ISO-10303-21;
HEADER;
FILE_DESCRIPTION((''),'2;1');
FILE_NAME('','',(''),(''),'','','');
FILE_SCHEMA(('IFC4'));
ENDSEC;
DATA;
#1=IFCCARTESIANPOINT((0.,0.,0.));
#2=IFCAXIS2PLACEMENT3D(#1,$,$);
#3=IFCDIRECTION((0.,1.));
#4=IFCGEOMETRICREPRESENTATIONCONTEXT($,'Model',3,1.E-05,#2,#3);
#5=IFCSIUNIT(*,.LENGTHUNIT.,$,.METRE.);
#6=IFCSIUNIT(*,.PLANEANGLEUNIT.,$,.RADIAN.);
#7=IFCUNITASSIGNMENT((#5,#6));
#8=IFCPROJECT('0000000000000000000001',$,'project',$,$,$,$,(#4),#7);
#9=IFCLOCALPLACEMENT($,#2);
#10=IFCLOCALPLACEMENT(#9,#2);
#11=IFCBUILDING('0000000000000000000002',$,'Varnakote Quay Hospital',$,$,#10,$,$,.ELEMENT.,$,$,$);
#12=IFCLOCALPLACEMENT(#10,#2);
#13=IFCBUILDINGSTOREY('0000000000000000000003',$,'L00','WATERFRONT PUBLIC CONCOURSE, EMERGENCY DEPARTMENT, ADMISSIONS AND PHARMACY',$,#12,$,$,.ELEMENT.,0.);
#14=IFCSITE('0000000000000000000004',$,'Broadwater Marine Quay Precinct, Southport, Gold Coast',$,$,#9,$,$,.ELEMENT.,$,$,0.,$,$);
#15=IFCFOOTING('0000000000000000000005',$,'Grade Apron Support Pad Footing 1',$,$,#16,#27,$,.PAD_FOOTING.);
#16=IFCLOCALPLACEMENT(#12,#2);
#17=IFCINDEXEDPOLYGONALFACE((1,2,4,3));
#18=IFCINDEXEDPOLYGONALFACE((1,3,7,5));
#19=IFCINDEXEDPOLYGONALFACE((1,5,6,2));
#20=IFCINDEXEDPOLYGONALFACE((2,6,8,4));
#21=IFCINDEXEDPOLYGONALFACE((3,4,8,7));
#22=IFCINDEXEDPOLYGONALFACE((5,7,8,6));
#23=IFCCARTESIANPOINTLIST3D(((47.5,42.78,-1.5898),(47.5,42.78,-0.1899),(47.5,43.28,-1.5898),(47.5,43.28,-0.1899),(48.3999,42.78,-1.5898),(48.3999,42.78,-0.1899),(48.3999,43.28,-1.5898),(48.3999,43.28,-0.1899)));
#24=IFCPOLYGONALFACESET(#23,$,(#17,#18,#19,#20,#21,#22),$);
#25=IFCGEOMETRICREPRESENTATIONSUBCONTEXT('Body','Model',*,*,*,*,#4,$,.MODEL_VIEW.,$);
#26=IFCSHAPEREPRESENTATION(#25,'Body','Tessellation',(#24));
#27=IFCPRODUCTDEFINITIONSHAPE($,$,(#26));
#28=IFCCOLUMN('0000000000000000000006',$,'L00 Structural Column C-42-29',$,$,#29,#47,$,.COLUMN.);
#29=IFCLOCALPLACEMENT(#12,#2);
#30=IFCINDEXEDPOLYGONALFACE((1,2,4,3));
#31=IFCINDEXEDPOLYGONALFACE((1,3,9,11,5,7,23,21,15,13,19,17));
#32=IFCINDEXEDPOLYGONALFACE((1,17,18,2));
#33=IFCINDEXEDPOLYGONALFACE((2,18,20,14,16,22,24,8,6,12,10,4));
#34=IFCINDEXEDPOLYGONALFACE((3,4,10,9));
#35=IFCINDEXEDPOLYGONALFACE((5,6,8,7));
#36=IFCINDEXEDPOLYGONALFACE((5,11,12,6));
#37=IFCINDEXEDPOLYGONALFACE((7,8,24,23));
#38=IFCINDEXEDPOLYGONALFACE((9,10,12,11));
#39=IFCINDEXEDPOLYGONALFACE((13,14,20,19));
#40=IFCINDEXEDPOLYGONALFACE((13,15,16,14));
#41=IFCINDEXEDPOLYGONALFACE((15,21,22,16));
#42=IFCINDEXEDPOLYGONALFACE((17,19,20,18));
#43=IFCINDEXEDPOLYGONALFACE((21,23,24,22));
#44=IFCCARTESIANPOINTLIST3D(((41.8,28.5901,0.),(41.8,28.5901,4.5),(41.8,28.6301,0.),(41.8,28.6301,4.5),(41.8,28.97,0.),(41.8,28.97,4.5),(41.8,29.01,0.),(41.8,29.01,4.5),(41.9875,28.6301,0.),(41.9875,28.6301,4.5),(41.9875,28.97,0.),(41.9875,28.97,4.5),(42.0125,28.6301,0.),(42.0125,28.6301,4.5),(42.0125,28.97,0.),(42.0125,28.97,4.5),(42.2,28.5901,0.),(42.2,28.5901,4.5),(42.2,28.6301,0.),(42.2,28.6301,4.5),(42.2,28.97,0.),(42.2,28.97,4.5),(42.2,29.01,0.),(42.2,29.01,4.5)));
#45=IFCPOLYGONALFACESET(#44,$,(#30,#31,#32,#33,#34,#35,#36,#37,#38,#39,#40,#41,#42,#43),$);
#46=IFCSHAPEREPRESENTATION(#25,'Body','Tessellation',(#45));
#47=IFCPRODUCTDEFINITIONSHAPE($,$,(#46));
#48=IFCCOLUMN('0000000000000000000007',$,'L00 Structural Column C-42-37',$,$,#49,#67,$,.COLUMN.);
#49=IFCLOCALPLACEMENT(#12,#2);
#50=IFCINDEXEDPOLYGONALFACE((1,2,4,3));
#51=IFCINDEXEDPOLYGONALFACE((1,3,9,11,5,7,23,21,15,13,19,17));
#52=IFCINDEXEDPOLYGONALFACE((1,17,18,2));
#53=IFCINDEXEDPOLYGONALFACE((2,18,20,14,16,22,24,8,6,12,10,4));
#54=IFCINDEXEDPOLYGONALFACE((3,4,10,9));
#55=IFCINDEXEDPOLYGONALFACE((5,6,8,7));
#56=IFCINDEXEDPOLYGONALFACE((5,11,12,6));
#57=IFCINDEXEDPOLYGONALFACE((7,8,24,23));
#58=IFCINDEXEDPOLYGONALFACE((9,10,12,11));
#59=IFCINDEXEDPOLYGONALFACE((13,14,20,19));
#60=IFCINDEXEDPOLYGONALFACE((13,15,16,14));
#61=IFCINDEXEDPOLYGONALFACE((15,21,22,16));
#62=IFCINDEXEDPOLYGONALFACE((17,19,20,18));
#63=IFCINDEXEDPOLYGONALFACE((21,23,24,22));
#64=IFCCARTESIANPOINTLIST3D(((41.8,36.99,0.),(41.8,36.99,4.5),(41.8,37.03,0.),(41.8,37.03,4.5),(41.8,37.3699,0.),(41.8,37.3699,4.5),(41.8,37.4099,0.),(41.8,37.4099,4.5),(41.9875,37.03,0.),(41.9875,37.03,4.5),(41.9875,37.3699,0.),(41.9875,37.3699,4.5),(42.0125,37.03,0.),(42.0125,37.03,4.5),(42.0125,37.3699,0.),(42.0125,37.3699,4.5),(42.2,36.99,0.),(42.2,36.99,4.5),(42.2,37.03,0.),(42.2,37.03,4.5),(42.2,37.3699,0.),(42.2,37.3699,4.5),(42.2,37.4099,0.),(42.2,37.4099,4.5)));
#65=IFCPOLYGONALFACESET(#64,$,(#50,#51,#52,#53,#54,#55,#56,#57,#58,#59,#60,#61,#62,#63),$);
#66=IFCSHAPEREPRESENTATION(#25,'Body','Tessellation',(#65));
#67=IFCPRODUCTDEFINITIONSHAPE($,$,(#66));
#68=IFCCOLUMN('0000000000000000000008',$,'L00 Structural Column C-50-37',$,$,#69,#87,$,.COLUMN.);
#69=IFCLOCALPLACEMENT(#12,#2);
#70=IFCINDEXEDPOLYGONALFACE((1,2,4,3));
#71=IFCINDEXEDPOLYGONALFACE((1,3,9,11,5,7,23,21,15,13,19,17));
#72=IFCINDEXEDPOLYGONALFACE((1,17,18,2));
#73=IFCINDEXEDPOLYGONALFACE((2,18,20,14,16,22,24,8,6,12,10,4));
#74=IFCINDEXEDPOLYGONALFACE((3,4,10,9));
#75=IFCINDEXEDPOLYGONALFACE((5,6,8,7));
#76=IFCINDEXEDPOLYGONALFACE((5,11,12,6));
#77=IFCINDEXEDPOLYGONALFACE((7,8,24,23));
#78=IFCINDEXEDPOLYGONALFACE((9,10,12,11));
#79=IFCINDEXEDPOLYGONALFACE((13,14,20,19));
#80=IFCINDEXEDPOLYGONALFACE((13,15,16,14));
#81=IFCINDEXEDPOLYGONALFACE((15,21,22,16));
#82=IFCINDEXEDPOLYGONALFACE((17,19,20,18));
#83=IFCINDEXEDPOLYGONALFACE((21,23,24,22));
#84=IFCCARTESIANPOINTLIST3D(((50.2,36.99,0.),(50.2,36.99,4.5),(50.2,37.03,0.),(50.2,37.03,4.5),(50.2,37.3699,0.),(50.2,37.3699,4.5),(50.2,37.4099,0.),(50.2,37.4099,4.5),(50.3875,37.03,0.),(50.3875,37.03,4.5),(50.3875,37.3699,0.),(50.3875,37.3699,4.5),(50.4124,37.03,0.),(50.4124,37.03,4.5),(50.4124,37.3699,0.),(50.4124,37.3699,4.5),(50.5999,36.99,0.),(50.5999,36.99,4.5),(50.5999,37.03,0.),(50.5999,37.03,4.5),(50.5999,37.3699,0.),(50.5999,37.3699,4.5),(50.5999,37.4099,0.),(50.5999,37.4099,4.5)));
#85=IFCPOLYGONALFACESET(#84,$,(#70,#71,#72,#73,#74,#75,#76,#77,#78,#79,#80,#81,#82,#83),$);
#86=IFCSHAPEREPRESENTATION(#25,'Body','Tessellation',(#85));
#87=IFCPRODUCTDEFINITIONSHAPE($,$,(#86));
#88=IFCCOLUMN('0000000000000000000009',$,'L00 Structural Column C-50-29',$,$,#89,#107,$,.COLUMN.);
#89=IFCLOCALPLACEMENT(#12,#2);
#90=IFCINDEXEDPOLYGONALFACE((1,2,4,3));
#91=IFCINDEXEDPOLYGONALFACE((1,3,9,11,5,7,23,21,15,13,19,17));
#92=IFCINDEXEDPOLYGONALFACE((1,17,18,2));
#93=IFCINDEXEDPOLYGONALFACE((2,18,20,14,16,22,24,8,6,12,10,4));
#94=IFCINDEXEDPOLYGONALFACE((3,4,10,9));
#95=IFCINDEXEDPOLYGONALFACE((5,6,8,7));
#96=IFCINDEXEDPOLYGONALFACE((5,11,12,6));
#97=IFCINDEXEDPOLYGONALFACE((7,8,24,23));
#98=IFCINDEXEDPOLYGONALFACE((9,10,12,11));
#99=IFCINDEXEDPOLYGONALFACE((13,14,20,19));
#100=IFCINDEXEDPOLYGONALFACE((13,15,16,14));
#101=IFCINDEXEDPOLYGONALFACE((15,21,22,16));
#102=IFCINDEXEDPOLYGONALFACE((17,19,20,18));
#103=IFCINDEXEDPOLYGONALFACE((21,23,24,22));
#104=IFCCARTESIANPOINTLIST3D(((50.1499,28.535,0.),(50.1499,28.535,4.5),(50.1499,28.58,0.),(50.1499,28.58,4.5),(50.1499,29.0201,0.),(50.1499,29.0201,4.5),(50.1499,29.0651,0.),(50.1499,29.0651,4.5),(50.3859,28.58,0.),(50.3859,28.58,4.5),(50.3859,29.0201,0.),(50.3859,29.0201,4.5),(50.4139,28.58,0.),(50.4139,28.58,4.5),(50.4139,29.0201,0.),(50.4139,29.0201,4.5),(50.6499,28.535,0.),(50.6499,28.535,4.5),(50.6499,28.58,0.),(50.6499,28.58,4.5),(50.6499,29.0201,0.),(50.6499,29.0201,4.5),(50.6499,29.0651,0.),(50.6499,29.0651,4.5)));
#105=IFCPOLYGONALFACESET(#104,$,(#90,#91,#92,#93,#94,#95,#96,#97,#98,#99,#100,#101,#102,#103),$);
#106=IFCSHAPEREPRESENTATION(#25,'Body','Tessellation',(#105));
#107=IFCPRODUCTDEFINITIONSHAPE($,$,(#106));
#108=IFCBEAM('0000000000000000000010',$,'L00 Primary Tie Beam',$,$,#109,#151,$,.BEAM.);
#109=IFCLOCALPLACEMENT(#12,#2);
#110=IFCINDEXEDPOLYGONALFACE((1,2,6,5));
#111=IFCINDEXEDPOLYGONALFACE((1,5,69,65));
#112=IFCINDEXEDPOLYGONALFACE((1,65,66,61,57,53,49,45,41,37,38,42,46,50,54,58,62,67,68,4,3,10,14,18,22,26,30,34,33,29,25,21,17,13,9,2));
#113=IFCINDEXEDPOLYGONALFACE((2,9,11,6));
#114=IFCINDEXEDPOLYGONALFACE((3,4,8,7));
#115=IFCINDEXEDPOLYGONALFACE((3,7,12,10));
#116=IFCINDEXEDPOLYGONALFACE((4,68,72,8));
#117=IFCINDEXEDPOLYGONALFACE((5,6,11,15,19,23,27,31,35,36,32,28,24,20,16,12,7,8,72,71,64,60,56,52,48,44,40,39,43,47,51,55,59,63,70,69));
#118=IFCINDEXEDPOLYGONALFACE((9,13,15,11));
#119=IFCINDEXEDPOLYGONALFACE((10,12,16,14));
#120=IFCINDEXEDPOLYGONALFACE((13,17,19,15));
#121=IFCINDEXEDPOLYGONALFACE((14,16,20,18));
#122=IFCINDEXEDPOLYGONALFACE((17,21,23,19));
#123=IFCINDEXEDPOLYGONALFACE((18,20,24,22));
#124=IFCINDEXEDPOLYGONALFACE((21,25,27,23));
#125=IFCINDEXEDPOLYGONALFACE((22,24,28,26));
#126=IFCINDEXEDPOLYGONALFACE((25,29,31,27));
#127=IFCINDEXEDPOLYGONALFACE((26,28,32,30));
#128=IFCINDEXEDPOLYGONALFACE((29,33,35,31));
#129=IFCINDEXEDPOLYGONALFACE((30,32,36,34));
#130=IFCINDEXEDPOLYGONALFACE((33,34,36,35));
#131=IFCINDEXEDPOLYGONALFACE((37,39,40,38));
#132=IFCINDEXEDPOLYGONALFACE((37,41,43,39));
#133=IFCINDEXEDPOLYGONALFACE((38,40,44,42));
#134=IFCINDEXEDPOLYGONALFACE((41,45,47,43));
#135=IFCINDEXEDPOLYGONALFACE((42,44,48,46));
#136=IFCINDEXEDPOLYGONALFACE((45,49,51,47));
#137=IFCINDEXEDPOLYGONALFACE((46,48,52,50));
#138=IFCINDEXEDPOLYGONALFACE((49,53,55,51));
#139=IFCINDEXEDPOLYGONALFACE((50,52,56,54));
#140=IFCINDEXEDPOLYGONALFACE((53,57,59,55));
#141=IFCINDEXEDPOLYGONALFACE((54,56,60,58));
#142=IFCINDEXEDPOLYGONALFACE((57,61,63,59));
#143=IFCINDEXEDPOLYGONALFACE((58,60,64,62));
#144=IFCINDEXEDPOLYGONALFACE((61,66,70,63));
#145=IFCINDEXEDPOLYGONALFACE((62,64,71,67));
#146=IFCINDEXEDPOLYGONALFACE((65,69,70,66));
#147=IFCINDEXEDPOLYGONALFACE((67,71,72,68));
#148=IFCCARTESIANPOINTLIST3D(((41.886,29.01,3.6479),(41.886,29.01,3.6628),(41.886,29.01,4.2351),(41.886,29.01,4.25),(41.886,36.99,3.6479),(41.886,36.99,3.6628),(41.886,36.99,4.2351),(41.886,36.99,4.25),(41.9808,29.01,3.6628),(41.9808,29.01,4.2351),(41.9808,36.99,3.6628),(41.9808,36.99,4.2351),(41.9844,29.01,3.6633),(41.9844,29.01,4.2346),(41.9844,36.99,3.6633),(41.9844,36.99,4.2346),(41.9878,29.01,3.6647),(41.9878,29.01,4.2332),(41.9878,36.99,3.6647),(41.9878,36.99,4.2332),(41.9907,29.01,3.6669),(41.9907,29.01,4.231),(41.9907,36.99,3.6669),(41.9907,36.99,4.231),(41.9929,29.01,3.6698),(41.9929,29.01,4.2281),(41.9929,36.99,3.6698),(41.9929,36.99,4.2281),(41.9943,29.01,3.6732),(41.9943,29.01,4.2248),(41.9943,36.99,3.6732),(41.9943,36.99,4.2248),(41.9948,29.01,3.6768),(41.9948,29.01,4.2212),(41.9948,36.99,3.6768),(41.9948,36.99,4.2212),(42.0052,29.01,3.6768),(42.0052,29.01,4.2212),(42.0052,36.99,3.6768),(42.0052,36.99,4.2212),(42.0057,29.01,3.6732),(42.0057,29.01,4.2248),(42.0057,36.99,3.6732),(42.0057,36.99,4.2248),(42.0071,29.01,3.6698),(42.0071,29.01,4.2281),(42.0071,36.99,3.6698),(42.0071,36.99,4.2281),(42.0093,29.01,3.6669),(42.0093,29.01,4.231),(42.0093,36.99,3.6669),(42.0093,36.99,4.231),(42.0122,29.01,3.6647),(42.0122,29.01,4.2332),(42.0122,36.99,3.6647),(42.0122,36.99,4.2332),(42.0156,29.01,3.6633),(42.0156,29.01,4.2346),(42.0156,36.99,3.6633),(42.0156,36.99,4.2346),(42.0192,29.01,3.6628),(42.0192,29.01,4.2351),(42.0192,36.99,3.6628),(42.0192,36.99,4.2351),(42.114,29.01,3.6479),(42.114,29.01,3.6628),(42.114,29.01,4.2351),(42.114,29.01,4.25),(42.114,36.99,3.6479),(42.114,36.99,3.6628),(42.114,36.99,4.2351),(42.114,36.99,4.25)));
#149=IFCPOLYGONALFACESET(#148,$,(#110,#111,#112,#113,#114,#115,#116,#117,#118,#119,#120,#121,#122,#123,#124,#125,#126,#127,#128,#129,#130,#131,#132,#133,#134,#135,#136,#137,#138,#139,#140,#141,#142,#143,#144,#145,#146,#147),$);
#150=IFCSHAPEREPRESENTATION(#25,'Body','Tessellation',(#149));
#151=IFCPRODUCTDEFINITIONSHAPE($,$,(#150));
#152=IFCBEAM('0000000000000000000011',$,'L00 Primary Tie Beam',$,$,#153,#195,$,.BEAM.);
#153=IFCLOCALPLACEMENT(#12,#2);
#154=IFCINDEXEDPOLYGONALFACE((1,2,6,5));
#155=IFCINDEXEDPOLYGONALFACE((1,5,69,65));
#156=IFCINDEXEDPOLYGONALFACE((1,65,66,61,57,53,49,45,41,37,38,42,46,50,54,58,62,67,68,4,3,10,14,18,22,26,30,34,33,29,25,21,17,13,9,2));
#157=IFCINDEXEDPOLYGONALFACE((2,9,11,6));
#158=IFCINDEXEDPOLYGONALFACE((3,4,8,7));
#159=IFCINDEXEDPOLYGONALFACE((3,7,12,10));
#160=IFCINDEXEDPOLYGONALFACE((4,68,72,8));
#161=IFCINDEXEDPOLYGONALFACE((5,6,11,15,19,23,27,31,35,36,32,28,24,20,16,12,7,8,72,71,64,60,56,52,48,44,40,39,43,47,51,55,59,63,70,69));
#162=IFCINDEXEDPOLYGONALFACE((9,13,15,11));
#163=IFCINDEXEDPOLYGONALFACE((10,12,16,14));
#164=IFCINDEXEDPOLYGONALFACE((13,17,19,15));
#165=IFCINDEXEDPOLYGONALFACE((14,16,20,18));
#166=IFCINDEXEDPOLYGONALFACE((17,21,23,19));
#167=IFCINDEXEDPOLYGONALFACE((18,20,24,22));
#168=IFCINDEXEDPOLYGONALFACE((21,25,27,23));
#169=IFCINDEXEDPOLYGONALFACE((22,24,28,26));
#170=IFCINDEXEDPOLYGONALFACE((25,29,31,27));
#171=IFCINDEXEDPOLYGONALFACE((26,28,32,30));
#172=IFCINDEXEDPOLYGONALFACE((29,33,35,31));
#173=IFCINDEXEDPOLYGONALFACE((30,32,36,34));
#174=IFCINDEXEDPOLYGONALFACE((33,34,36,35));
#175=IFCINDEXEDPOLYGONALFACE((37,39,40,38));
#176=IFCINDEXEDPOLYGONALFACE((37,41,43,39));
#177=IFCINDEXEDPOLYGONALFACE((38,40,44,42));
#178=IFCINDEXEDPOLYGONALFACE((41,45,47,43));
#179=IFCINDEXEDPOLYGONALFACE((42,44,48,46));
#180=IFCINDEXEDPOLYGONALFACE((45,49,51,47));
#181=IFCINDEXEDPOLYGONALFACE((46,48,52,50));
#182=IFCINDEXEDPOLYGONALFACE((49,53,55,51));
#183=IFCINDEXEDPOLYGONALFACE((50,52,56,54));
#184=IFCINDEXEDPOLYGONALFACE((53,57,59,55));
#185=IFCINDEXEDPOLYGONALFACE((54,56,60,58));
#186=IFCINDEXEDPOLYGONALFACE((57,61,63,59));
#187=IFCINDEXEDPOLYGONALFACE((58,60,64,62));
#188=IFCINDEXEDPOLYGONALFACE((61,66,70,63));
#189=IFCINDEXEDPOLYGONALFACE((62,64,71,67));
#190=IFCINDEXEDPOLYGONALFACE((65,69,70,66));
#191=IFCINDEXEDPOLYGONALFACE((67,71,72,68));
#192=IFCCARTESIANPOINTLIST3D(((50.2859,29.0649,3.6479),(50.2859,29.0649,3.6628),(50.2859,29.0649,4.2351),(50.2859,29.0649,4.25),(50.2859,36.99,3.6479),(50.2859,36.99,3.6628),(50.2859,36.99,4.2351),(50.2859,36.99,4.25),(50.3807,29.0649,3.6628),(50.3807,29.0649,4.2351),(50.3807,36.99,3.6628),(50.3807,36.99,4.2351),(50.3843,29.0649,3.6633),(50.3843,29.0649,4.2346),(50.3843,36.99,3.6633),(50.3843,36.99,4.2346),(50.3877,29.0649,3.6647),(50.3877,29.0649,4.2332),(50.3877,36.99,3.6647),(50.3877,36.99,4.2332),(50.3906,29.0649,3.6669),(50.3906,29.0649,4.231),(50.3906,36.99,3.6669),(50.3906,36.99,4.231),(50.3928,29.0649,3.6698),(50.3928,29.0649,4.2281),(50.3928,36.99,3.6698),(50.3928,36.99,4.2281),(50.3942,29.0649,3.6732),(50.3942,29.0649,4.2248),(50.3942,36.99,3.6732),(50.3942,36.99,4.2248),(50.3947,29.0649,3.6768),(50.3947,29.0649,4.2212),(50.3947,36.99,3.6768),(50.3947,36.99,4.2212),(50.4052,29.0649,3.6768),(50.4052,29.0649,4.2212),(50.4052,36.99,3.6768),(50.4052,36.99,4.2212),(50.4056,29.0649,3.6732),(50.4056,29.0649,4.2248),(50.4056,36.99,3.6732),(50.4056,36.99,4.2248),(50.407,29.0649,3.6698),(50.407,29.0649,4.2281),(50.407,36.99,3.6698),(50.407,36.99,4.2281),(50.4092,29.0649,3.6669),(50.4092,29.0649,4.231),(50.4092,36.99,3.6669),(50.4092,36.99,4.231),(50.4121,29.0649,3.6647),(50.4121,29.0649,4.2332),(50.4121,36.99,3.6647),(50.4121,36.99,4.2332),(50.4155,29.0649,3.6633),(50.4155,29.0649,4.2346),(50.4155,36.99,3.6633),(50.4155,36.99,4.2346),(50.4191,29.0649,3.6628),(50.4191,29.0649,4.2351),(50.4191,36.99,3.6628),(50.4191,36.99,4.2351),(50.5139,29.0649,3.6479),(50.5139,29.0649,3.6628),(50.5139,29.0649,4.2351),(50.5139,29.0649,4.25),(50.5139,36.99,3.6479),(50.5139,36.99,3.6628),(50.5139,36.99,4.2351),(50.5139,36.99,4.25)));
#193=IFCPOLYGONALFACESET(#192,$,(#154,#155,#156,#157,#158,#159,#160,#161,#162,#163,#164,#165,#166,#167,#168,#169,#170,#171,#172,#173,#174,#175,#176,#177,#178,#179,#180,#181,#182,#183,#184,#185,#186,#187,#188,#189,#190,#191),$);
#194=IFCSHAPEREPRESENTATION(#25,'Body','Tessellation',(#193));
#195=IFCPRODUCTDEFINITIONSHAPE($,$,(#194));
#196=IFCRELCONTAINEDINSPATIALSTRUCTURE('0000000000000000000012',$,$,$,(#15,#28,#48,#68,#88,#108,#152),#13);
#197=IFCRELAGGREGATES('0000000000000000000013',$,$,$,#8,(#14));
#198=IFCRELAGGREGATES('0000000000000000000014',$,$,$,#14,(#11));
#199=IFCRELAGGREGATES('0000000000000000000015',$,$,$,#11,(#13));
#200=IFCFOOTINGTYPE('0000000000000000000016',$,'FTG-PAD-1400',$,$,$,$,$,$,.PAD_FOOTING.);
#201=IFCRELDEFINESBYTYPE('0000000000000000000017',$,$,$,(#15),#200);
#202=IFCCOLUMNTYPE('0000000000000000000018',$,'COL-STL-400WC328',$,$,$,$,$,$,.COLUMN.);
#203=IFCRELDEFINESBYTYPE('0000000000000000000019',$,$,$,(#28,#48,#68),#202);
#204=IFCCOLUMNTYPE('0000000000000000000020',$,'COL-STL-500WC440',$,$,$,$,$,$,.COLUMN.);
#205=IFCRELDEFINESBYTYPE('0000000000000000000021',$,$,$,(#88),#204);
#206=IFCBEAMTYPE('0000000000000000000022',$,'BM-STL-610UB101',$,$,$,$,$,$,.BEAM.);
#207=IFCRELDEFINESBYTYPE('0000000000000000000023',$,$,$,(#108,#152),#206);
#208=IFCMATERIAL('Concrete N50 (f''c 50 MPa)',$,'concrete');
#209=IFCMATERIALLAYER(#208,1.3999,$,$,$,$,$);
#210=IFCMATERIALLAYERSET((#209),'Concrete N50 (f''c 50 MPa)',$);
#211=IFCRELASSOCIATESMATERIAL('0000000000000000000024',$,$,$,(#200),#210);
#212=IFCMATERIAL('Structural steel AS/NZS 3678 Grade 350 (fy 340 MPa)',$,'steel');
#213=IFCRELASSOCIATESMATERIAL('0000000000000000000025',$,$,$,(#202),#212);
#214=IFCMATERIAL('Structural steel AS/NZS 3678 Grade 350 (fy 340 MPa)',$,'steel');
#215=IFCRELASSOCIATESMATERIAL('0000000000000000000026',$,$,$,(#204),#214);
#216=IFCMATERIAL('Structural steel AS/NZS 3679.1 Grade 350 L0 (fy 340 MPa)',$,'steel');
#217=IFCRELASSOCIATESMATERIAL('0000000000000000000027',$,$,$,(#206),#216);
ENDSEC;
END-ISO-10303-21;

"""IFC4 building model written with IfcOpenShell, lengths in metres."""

from ifc_helpers import new_model, si_unit, direction, frame, origin, origin_2d, place, context, subcontext, project, spatial, rectangle, i_section, extrude, material, layer, layer_set, material_profile, profile_set, type_object, element, save


model = new_model("IFC4")

# Units and contexts
model_context = context("Model", 3, precision=1e-05, world=origin(), true_north=direction((0.0, 1.0)))
body_context = subcontext(model_context, "Body", "Model", "MODEL_VIEW")
ifc_project = project(units=[si_unit("LENGTHUNIT", "METRE"), si_unit("PLANEANGLEUNIT", "RADIAN")], contexts=[model_context])

# Site, building, storey
site_placement = place(None, origin())
site = spatial("IfcSite", under=ifc_project, at=site_placement, Name="Broadwater Marine Quay Precinct, Southport, Gold Coast", CompositionType="ELEMENT", RefElevation=0.0)
building_placement = place(site_placement, origin())
building = spatial("IfcBuilding", under=site, at=building_placement, Name="Varnakote Quay Hospital", CompositionType="ELEMENT")
storey_placement = place(building_placement, origin())
storey = spatial("IfcBuildingStorey", under=building, at=storey_placement, Name="L00", Description="WATERFRONT PUBLIC CONCOURSE, EMERGENCY DEPARTMENT, ADMISSIONS AND PHARMACY", CompositionType="ELEMENT", Elevation=0.0)

# Footing
ifc_material_1 = material(Name="Concrete N50 (f'c 50 MPa)", Category="concrete")
ifc_layer_1 = layer(ifc_material_1, 1.3999)
ifc_layer_set_1 = layer_set([ifc_layer_1], Name="Concrete N50 (f'c 50 MPa)")
footing_type = type_object("IfcFootingType", Name="FTG-PAD-1400", PredefinedType="PAD_FOOTING", material=ifc_layer_set_1)
footing_placement = place(storey_placement, frame((47.95, 43.03, -1.5898), z_axis=(0.0, 0.0, 1.0), x_axis=(1.0, 0.0, 0.0)))
element("IfcFooting", 1, at=footing_placement, inside=storey, type_object=footing_type, Name="Grade Apron Support Pad Footing 1", PredefinedType="PAD_FOOTING", context=body_context, shape_type="SweptSolid", body=[
    extrude(rectangle(XDim=0.8999, YDim=0.5, at=origin_2d()), origin(), (0.0, 0.0, 1.0), 1.3999),
])

# Columns
ifc_material_2 = material(Name="Structural steel AS/NZS 3678 Grade 350 (fy 340 MPa)", Category="steel")
ifc_material_profile_1 = material_profile(ifc_material_2, i_section(OverallWidth=0.3999, OverallDepth=0.4199, WebThickness=0.0249, FlangeThickness=0.04, at=origin_2d()), Name="400WC328")
ifc_profile_set_1 = profile_set([ifc_material_profile_1], Name="Structural steel AS/NZS 3678 Grade 350 (fy 340 MPa)")
column_type_1 = type_object("IfcColumnType", Name="COL-STL-400WC328", PredefinedType="COLUMN", material=ifc_profile_set_1)
for number, where, z_axis, x_axis, name in (
    (2, (42.0, 28.8, 0.0), (0.0, 0.0, 1.0), (1.0, 0.0, 0.0), "L00 Structural Column C-42-29"),
    (3, (42.0, 37.2, 0.0), (0.0, 0.0, 1.0), (1.0, 0.0, 0.0), "L00 Structural Column C-42-37"),
    (4, (50.3999, 37.2, 0.0), (0.0, 0.0, 1.0), (1.0, 0.0, 0.0), "L00 Structural Column C-50-37"),
):
    element("IfcColumn", number, at=place(storey_placement, frame(where, z_axis=z_axis, x_axis=x_axis)), inside=storey, type_object=column_type_1, Name=name, PredefinedType="COLUMN", context=body_context, shape_type="SweptSolid", body=[
        extrude(i_section(OverallWidth=0.3999, OverallDepth=0.4199, WebThickness=0.0249, FlangeThickness=0.04, at=origin_2d()), origin(), (0.0, 0.0, 1.0), 4.5),
    ])
ifc_material_3 = material(Name="Structural steel AS/NZS 3678 Grade 350 (fy 340 MPa)", Category="steel")
ifc_material_profile_2 = material_profile(ifc_material_3, i_section(OverallWidth=0.5, OverallDepth=0.53, WebThickness=0.0281, FlangeThickness=0.0449, at=origin_2d()), Name="500WC440")
ifc_profile_set_2 = profile_set([ifc_material_profile_2], Name="Structural steel AS/NZS 3678 Grade 350 (fy 340 MPa)")
column_type_2 = type_object("IfcColumnType", Name="COL-STL-500WC440", PredefinedType="COLUMN", material=ifc_profile_set_2)
column_placement = place(storey_placement, frame((50.3999, 28.8, 0.0), z_axis=(0.0, 0.0, 1.0), x_axis=(1.0, 0.0, 0.0)))
element("IfcColumn", 5, at=column_placement, inside=storey, type_object=column_type_2, Name="L00 Structural Column C-50-29", PredefinedType="COLUMN", context=body_context, shape_type="SweptSolid", body=[
    extrude(i_section(OverallWidth=0.5, OverallDepth=0.53, WebThickness=0.0281, FlangeThickness=0.0449, at=origin_2d()), origin(), (0.0, 0.0, 1.0), 4.5),
])

# Beams
ifc_material_4 = material(Name="Structural steel AS/NZS 3679.1 Grade 350 L0 (fy 340 MPa)", Category="steel")
ifc_material_profile_3 = material_profile(ifc_material_4, i_section(OverallWidth=0.228, OverallDepth=0.6021, WebThickness=0.0105, FlangeThickness=0.0149, FilletRadius=0.0139, at=origin_2d()), Name="610UB101")
ifc_profile_set_3 = profile_set([ifc_material_profile_3], Name="Structural steel AS/NZS 3679.1 Grade 350 L0 (fy 340 MPa)")
beam_type_1 = type_object("IfcBeamType", Name="BM-STL-610UB101", PredefinedType="BEAM", material=ifc_profile_set_3)
beam_1_placement = place(storey_placement, frame((42.0, 29.01, 3.949), z_axis=(0.0, 1.0, 0.0), x_axis=(-1.0, 0.0, 0.0)))
element("IfcBeam", 6, at=beam_1_placement, inside=storey, type_object=beam_type_1, Name="L00 Primary Tie Beam", PredefinedType="BEAM", context=body_context, shape_type="SweptSolid", body=[
    extrude(i_section(OverallWidth=0.228, OverallDepth=0.6021, WebThickness=0.0105, FlangeThickness=0.0149, FilletRadius=0.0139, at=origin_2d()), origin(), (0.0, 0.0, 1.0), 7.98),
])
beam_2_placement = place(storey_placement, frame((50.3999, 29.0649, 3.949), z_axis=(0.0, 1.0, 0.0), x_axis=(-1.0, 0.0, 0.0)))
element("IfcBeam", 7, at=beam_2_placement, inside=storey, type_object=beam_type_1, Name="L00 Primary Tie Beam", PredefinedType="BEAM", context=body_context, shape_type="SweptSolid", body=[
    extrude(i_section(OverallWidth=0.228, OverallDepth=0.6021, WebThickness=0.0105, FlangeThickness=0.0149, FilletRadius=0.0139, at=origin_2d()), origin(), (0.0, 0.0, 1.0), 7.925),
])

save(model, "model.ifc")
